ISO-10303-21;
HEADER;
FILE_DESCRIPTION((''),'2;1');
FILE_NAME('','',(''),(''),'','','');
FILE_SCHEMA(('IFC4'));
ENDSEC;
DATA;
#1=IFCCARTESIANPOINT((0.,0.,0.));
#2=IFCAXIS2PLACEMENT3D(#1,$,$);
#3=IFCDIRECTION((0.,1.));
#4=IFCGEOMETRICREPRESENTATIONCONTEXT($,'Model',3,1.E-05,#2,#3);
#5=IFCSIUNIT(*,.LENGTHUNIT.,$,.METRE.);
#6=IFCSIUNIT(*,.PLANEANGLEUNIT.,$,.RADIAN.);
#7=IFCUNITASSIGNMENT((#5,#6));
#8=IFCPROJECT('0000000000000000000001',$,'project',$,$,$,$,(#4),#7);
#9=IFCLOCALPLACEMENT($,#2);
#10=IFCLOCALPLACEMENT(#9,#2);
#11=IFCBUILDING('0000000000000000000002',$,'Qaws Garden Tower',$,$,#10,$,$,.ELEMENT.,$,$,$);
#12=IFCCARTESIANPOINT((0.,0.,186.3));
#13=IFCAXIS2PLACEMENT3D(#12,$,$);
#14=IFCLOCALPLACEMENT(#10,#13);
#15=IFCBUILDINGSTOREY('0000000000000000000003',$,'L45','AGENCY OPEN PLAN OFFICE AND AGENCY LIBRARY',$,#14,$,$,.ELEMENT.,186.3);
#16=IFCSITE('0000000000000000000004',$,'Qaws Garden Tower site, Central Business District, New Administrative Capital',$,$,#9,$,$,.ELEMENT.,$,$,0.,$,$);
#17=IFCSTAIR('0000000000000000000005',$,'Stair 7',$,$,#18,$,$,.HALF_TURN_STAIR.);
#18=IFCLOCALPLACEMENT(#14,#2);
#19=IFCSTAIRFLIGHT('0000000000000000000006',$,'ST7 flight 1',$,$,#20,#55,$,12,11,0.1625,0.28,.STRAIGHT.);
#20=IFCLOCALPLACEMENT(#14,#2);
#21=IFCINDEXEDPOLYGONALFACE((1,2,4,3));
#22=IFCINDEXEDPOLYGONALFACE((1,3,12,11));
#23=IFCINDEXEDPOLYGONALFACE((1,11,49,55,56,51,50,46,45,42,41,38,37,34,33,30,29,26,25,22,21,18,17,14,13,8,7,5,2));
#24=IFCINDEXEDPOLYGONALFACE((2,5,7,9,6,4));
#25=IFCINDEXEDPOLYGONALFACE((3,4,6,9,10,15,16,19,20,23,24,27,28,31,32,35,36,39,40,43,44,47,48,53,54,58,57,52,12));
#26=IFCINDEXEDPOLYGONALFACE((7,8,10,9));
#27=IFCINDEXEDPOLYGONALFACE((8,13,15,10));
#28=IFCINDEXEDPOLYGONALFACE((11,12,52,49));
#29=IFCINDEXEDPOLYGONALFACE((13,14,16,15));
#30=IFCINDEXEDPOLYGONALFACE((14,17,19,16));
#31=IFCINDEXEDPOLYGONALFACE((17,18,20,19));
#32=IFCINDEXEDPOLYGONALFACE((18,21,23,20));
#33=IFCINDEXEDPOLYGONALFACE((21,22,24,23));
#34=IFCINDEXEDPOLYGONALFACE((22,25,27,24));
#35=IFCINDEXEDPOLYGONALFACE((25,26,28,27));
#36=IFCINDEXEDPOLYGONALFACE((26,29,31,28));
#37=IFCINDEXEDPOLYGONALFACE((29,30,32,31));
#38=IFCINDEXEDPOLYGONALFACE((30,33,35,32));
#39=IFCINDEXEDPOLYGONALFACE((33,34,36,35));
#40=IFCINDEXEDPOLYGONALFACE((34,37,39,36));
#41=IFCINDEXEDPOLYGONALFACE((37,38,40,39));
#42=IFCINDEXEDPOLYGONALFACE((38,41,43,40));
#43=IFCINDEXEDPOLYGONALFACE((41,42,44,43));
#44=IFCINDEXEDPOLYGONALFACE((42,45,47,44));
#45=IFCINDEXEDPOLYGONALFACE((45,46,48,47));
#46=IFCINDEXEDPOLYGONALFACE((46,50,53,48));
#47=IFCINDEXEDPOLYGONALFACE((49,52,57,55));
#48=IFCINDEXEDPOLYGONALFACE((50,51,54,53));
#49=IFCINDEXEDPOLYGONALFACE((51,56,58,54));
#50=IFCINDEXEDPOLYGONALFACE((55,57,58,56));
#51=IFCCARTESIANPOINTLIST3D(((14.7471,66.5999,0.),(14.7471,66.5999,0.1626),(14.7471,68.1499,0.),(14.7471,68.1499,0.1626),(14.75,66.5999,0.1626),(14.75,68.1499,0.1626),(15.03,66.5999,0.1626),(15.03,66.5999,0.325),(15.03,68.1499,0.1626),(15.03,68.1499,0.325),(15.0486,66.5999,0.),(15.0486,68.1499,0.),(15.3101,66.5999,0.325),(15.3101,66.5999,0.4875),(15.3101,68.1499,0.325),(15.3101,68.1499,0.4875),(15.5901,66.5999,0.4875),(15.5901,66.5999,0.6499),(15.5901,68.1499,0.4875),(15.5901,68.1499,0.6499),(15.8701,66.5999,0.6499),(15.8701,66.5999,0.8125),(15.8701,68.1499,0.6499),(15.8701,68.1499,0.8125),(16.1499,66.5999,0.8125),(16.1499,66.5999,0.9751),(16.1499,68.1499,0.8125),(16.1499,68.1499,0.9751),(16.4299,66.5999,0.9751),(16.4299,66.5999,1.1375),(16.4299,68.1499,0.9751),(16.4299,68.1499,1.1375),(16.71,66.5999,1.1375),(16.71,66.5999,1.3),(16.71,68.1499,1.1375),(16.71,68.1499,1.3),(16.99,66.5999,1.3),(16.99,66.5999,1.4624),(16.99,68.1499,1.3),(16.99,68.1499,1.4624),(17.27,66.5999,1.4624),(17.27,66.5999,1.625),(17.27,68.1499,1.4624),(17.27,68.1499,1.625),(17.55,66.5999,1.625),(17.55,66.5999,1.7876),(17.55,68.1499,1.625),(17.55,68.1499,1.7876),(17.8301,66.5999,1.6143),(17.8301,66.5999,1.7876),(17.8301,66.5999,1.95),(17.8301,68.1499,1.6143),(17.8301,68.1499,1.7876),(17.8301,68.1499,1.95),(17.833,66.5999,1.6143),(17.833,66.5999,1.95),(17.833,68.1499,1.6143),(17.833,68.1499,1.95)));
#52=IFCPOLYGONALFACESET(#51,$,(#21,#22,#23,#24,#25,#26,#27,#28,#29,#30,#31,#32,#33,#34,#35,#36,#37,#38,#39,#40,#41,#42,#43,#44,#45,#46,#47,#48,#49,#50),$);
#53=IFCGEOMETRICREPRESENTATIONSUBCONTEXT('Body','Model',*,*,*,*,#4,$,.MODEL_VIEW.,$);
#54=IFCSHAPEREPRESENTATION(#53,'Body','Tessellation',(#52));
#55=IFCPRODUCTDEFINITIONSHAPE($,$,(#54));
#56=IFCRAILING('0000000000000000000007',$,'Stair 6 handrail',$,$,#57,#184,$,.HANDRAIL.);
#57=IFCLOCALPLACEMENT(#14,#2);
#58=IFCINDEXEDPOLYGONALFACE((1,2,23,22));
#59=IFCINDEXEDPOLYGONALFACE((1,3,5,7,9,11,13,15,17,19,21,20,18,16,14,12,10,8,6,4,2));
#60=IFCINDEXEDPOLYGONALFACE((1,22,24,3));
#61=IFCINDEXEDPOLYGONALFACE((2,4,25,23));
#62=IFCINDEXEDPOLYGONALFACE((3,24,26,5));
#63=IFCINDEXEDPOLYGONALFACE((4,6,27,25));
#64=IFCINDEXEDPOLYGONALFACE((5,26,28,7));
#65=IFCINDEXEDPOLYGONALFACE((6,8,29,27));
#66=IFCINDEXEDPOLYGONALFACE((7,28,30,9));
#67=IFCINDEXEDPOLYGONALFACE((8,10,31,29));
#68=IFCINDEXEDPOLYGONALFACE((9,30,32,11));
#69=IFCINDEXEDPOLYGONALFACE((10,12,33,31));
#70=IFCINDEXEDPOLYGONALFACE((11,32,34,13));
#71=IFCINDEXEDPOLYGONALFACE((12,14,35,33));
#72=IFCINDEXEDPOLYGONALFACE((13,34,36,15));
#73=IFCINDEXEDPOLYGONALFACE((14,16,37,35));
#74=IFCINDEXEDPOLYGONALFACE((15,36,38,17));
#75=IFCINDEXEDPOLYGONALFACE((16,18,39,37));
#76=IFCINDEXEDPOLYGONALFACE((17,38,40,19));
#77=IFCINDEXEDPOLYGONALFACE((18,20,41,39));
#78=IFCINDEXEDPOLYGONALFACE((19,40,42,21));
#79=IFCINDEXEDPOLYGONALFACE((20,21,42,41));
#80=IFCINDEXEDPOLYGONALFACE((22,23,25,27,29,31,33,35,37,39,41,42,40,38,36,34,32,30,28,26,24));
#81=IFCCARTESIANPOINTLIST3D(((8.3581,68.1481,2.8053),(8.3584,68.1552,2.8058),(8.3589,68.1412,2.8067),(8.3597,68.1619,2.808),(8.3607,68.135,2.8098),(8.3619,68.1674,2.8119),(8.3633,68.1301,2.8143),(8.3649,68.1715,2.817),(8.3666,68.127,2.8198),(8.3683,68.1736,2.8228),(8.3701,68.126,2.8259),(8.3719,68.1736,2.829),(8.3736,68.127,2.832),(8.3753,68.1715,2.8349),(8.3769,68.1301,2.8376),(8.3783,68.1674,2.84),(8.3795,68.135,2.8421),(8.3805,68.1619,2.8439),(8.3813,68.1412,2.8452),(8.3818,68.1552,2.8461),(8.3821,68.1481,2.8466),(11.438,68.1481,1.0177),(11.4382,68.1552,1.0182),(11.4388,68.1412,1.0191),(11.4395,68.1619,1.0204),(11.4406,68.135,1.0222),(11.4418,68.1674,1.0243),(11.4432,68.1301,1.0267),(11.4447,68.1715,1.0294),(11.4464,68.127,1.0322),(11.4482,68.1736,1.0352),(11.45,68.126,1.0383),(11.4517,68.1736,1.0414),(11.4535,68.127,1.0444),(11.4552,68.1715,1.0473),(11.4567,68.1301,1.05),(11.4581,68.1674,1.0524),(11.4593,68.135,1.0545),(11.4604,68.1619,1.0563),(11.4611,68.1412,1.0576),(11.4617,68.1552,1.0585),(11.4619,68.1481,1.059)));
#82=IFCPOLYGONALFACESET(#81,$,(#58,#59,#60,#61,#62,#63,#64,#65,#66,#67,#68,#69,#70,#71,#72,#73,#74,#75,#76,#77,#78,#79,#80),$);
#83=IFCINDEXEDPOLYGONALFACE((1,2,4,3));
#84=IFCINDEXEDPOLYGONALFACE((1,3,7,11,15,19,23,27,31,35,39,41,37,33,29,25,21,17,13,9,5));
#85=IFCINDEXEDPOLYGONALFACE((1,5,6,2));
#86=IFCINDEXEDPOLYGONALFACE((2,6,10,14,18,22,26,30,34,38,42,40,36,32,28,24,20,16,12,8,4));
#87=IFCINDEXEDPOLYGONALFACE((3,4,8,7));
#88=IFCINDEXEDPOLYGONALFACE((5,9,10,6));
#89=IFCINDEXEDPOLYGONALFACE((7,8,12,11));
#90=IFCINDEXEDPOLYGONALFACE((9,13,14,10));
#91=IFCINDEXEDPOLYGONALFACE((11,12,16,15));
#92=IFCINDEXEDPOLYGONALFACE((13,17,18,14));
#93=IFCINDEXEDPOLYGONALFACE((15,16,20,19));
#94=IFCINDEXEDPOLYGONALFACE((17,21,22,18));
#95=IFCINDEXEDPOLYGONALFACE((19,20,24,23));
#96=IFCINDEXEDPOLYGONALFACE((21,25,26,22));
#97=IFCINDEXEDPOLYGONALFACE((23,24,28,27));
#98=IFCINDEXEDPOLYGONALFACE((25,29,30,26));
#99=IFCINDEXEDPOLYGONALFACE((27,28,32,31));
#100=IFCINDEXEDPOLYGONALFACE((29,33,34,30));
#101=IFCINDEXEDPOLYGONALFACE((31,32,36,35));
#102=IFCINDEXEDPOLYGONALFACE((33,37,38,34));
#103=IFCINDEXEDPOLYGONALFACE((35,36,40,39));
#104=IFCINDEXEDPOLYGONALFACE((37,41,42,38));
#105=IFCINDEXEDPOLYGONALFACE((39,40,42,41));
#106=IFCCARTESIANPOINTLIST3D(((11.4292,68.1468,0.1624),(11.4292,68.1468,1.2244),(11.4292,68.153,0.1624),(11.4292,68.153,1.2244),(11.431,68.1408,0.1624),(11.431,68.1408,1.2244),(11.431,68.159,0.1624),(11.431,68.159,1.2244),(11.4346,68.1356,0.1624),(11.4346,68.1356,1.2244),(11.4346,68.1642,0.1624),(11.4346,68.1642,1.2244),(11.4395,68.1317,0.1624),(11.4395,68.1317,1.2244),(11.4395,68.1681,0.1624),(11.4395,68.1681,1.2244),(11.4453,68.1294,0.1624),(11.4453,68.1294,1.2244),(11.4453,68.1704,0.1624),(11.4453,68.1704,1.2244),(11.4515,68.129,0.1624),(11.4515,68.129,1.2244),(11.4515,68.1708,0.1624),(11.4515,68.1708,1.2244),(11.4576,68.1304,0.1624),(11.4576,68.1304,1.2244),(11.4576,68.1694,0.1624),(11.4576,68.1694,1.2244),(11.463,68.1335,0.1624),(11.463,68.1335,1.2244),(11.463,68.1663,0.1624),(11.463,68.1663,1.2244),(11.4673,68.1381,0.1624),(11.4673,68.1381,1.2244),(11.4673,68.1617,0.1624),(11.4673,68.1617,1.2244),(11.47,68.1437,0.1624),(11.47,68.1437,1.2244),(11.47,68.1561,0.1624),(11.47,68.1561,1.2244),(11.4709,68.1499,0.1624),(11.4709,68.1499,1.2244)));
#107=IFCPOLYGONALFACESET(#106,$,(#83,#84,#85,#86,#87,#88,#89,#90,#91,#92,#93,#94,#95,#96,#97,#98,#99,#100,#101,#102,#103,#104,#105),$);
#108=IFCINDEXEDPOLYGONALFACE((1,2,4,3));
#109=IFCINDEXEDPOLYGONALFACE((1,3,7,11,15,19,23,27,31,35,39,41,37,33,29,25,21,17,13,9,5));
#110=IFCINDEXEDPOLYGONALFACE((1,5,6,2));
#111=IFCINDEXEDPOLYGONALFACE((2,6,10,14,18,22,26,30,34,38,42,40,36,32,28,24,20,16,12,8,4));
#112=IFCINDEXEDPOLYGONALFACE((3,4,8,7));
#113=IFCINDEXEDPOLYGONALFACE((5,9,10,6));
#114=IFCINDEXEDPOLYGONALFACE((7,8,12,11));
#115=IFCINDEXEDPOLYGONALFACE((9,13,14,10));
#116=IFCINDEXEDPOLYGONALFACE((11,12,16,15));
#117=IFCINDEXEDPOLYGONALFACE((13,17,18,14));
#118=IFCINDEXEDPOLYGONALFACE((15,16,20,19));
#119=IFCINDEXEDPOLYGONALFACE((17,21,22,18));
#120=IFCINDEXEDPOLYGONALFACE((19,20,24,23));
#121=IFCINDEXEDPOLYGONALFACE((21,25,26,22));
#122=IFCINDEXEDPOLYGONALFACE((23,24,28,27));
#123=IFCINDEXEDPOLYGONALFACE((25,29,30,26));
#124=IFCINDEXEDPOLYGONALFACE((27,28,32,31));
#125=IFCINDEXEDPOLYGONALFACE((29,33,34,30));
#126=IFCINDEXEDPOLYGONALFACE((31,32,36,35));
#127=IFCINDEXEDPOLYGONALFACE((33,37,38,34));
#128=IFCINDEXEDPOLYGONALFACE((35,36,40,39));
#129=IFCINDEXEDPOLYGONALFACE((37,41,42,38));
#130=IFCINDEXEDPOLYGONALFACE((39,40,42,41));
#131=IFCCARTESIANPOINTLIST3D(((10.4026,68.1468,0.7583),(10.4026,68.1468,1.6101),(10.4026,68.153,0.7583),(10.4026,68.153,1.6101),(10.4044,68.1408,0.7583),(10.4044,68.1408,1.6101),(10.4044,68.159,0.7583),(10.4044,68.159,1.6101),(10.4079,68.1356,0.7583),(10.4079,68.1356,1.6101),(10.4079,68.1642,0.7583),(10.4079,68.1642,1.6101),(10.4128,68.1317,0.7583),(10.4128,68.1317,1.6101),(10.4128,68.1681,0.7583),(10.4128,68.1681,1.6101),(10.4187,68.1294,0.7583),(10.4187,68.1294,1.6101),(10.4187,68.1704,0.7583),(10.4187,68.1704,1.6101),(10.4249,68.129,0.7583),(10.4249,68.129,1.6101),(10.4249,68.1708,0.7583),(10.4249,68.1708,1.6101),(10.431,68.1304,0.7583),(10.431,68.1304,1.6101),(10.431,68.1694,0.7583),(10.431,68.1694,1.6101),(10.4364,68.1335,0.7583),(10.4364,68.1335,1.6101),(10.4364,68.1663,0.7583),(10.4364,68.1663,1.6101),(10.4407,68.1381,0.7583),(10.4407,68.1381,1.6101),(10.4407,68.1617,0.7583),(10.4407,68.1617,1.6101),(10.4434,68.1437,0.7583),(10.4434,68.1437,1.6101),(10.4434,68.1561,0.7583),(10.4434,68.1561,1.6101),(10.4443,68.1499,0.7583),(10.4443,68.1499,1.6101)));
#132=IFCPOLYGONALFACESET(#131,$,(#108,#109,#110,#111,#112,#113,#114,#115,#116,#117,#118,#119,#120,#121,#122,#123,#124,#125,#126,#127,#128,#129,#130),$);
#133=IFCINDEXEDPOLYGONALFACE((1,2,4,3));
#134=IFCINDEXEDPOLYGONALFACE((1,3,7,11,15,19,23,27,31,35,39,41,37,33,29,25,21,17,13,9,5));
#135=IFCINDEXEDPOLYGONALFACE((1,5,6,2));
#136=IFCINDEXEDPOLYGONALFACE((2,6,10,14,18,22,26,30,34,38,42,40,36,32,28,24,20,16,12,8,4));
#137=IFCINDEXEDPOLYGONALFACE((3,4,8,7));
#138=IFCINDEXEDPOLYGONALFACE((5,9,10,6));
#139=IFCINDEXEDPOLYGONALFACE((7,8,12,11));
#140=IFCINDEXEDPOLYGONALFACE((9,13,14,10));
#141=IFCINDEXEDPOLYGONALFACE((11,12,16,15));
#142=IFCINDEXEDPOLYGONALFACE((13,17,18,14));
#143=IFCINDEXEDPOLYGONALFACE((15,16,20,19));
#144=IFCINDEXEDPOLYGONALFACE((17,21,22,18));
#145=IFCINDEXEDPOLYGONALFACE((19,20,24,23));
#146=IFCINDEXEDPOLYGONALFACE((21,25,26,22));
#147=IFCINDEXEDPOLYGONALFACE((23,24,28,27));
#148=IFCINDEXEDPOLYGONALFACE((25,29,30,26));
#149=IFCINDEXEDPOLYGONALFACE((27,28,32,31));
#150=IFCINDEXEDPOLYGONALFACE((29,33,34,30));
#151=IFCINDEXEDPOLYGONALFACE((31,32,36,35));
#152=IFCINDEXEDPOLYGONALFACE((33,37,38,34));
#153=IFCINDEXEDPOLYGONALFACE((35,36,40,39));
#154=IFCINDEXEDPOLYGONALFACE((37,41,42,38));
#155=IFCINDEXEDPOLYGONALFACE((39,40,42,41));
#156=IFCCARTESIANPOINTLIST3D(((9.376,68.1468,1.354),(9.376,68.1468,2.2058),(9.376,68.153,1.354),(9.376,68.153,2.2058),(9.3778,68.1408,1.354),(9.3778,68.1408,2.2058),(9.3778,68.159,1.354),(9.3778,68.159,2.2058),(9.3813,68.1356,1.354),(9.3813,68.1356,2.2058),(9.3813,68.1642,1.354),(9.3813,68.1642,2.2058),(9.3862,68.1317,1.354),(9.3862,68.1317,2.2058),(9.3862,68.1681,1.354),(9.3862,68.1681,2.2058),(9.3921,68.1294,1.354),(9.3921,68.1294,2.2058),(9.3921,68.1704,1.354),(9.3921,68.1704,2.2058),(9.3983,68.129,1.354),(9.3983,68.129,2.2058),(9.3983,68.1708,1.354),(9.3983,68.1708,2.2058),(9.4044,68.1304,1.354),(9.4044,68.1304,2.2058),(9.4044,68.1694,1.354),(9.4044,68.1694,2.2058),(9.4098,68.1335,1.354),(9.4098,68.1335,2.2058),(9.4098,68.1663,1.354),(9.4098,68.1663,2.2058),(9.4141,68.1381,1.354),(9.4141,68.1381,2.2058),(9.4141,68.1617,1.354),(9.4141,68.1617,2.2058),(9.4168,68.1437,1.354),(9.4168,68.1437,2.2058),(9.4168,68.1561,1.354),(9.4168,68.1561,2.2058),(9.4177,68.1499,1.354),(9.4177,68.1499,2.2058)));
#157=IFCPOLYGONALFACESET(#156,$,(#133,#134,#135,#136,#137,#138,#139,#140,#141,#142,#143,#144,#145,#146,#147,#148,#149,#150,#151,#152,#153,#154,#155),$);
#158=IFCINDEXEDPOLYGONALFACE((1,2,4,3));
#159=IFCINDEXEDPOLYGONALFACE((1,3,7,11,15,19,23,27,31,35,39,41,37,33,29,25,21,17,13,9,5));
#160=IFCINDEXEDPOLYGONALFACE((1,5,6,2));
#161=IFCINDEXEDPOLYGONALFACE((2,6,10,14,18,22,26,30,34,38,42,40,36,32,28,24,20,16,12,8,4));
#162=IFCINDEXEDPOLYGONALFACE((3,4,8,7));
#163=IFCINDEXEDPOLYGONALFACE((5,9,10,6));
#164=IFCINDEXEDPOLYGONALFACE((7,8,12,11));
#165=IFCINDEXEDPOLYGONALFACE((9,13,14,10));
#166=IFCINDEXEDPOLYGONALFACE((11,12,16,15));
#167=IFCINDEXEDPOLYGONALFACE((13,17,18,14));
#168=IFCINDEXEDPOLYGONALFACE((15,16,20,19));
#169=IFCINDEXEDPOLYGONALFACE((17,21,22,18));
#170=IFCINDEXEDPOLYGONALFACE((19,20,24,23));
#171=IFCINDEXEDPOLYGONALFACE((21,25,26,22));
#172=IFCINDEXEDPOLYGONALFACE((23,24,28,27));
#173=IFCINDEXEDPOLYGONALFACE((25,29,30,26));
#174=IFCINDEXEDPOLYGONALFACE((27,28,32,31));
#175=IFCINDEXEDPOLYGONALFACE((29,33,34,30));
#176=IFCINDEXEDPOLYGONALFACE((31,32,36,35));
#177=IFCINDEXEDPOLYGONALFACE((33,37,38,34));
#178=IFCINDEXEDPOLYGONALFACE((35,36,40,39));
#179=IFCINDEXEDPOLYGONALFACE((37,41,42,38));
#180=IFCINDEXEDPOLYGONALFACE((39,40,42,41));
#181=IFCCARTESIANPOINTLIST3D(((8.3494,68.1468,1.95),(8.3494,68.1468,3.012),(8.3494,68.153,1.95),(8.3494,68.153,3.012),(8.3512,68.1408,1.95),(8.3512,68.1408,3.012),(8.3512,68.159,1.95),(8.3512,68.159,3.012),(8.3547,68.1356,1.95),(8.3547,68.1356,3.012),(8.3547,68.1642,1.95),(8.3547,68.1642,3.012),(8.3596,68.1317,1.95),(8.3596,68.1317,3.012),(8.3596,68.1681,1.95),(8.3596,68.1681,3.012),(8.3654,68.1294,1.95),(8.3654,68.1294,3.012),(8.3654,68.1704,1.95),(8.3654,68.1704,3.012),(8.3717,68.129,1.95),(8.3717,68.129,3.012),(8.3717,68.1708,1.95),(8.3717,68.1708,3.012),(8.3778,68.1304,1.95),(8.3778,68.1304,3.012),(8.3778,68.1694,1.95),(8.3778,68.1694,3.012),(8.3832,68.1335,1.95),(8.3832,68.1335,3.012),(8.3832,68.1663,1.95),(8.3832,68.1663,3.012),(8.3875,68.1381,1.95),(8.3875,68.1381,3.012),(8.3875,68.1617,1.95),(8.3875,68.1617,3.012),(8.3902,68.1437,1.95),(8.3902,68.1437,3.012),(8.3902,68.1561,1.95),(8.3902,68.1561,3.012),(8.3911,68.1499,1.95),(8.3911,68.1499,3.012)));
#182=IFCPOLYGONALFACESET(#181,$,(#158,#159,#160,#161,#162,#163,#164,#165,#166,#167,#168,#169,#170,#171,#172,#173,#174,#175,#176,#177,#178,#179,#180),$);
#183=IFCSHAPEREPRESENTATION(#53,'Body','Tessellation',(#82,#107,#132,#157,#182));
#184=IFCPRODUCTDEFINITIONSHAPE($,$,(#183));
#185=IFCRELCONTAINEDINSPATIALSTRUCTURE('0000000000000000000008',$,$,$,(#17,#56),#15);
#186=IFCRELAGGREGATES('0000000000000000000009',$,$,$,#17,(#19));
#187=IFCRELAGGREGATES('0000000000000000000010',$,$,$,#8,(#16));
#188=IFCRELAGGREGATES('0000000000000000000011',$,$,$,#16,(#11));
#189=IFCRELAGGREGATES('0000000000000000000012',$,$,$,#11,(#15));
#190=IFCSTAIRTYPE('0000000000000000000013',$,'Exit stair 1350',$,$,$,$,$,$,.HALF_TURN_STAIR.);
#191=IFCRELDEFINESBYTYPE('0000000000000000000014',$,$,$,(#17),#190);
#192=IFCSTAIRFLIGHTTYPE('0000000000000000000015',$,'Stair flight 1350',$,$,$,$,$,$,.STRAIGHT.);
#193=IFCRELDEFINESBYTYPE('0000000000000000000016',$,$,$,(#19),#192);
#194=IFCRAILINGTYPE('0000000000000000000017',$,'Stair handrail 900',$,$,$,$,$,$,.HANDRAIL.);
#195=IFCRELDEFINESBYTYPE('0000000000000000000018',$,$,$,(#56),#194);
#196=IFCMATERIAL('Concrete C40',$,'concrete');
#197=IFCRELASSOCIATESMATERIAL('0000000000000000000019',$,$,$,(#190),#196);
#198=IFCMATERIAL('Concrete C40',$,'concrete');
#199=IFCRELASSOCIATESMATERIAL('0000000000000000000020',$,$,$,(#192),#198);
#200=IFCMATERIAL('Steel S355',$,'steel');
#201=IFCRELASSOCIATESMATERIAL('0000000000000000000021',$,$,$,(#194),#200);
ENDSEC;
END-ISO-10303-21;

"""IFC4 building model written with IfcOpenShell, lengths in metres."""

from ifc_helpers import new_model, si_unit, direction, frame, origin, origin_2d, place, context, subcontext, project, spatial, polyline, circle, outline, extrude, material, type_object, element, aggregate, save


model = new_model("IFC4")

# Units and contexts
model_context = context("Model", 3, precision=1e-05, world=origin(), true_north=direction((0.0, 1.0)))
body_context = subcontext(model_context, "Body", "Model", "MODEL_VIEW")
ifc_project = project(units=[si_unit("LENGTHUNIT", "METRE"), si_unit("PLANEANGLEUNIT", "RADIAN")], contexts=[model_context])

# Site, building, storey
site_placement = place(None, origin())
site = spatial("IfcSite", under=ifc_project, at=site_placement, Name="Qaws Garden Tower site, Central Business District, New Administrative Capital", CompositionType="ELEMENT", RefElevation=0.0)
building_placement = place(site_placement, origin())
building = spatial("IfcBuilding", under=site, at=building_placement, Name="Qaws Garden Tower", CompositionType="ELEMENT")
storey_placement = place(building_placement, frame((0.0, 0.0, 186.3)))
storey = spatial("IfcBuildingStorey", under=building, at=storey_placement, Name="L45", Description="AGENCY OPEN PLAN OFFICE AND AGENCY LIBRARY", CompositionType="ELEMENT", Elevation=186.3)

# Shared definitions
ifc_material_1 = material(Name="Concrete C40", Category="concrete")
stair_type = type_object("IfcStairType", Name="Exit stair 1350", PredefinedType="HALF_TURN_STAIR", material=ifc_material_1)
placement = place(storey_placement, origin())
ifc_material_2 = material(Name="Concrete C40", Category="concrete")
stair_flight_type = type_object("IfcStairFlightType", Name="Stair flight 1350", PredefinedType="STRAIGHT", material=ifc_material_2)

# Stair, stair flight
stair_1 = element("IfcStair", 1, at=placement, inside=storey, type_object=stair_type, Name="Stair 7", PredefinedType="HALF_TURN_STAIR")
stair_flight_1_placement = place(storey_placement, frame((14.75, 67.375, 0.0), z_axis=(0.0, 0.0, 1.0), x_axis=(1.0, 0.0, 0.0)))
stair_flight_1 = element("IfcStairFlight", 2, at=stair_flight_1_placement, type_object=stair_flight_type, Name="ST7 flight 1", NumberOfRisers=12, NumberOfTreads=11, PredefinedType="STRAIGHT", RiserHeight=0.1625, TreadLength=0.28, context=body_context, shape_type="SweptSolid", body=[
    extrude(outline(polyline([(-0.0029, 0.0), (-0.0029, 0.1626), (0.0, 0.1626), (0.28, 0.1626), (0.28, 0.325), (0.5601, 0.325), (0.5601, 0.4875), (0.8401, 0.4875), (0.8401, 0.6499), (1.1201, 0.6499), (1.1201, 0.8125), (1.3999, 0.8125), (1.3999, 0.9751), (1.6799, 0.9751), (1.6799, 1.1375), (1.96, 1.1375), (1.96, 1.3), (2.24, 1.3), (2.24, 1.4624), (2.52, 1.4624), (2.52, 1.625), (2.8, 1.625), (2.8, 1.7876), (3.0801, 1.7876), (3.0801, 1.95), (3.083, 1.95), (3.083, 1.6143), (3.0801, 1.6143), (0.2986, 0.0), (-0.0029, 0.0)])), frame((0.0, 0.7749, 0.0), z_axis=(0.0, -1.0, 0.0), x_axis=(1.0, 0.0, 0.0)), (0.0, 0.0, 1.0), 1.55),
])
aggregate(stair_1, [stair_flight_1])

# Railing
ifc_material_3 = material(Name="Steel S355", Category="steel")
railing_type = type_object("IfcRailingType", Name="Stair handrail 900", PredefinedType="HANDRAIL", material=ifc_material_3)
railing_1_placement = place(storey_placement, frame((11.45, 68.1499, 0.1624)))
element("IfcRailing", 3, at=railing_1_placement, inside=storey, type_object=railing_type, Name="Stair 6 handrail", PredefinedType="HANDRAIL", context=body_context, shape_type="SweptSolid", body=[
    extrude(circle(Radius=0.0239, at=origin_2d()), frame((0.0, 0.0, 0.876), z_axis=(-0.864873, 0.0, 0.50199), x_axis=(0.0, -1.0, 0.0)), (0.0, 0.0, 1.0), 3.561),
    extrude(circle(Radius=0.021, at=origin_2d()), origin(), (0.0, 0.0, 1.0), 1.062),
    extrude(circle(Radius=0.021, at=origin_2d()), frame((-1.0266, 0.0, 0.5959)), (0.0, 0.0, 1.0), 0.8518),
    extrude(circle(Radius=0.021, at=origin_2d()), frame((-2.0532, 0.0, 1.1917)), (0.0, 0.0, 1.0), 0.8518),
    extrude(circle(Radius=0.021, at=origin_2d()), frame((-3.0798, 0.0, 1.7876)), (0.0, 0.0, 1.0), 1.062),
])

save(model, "model.ifc")
